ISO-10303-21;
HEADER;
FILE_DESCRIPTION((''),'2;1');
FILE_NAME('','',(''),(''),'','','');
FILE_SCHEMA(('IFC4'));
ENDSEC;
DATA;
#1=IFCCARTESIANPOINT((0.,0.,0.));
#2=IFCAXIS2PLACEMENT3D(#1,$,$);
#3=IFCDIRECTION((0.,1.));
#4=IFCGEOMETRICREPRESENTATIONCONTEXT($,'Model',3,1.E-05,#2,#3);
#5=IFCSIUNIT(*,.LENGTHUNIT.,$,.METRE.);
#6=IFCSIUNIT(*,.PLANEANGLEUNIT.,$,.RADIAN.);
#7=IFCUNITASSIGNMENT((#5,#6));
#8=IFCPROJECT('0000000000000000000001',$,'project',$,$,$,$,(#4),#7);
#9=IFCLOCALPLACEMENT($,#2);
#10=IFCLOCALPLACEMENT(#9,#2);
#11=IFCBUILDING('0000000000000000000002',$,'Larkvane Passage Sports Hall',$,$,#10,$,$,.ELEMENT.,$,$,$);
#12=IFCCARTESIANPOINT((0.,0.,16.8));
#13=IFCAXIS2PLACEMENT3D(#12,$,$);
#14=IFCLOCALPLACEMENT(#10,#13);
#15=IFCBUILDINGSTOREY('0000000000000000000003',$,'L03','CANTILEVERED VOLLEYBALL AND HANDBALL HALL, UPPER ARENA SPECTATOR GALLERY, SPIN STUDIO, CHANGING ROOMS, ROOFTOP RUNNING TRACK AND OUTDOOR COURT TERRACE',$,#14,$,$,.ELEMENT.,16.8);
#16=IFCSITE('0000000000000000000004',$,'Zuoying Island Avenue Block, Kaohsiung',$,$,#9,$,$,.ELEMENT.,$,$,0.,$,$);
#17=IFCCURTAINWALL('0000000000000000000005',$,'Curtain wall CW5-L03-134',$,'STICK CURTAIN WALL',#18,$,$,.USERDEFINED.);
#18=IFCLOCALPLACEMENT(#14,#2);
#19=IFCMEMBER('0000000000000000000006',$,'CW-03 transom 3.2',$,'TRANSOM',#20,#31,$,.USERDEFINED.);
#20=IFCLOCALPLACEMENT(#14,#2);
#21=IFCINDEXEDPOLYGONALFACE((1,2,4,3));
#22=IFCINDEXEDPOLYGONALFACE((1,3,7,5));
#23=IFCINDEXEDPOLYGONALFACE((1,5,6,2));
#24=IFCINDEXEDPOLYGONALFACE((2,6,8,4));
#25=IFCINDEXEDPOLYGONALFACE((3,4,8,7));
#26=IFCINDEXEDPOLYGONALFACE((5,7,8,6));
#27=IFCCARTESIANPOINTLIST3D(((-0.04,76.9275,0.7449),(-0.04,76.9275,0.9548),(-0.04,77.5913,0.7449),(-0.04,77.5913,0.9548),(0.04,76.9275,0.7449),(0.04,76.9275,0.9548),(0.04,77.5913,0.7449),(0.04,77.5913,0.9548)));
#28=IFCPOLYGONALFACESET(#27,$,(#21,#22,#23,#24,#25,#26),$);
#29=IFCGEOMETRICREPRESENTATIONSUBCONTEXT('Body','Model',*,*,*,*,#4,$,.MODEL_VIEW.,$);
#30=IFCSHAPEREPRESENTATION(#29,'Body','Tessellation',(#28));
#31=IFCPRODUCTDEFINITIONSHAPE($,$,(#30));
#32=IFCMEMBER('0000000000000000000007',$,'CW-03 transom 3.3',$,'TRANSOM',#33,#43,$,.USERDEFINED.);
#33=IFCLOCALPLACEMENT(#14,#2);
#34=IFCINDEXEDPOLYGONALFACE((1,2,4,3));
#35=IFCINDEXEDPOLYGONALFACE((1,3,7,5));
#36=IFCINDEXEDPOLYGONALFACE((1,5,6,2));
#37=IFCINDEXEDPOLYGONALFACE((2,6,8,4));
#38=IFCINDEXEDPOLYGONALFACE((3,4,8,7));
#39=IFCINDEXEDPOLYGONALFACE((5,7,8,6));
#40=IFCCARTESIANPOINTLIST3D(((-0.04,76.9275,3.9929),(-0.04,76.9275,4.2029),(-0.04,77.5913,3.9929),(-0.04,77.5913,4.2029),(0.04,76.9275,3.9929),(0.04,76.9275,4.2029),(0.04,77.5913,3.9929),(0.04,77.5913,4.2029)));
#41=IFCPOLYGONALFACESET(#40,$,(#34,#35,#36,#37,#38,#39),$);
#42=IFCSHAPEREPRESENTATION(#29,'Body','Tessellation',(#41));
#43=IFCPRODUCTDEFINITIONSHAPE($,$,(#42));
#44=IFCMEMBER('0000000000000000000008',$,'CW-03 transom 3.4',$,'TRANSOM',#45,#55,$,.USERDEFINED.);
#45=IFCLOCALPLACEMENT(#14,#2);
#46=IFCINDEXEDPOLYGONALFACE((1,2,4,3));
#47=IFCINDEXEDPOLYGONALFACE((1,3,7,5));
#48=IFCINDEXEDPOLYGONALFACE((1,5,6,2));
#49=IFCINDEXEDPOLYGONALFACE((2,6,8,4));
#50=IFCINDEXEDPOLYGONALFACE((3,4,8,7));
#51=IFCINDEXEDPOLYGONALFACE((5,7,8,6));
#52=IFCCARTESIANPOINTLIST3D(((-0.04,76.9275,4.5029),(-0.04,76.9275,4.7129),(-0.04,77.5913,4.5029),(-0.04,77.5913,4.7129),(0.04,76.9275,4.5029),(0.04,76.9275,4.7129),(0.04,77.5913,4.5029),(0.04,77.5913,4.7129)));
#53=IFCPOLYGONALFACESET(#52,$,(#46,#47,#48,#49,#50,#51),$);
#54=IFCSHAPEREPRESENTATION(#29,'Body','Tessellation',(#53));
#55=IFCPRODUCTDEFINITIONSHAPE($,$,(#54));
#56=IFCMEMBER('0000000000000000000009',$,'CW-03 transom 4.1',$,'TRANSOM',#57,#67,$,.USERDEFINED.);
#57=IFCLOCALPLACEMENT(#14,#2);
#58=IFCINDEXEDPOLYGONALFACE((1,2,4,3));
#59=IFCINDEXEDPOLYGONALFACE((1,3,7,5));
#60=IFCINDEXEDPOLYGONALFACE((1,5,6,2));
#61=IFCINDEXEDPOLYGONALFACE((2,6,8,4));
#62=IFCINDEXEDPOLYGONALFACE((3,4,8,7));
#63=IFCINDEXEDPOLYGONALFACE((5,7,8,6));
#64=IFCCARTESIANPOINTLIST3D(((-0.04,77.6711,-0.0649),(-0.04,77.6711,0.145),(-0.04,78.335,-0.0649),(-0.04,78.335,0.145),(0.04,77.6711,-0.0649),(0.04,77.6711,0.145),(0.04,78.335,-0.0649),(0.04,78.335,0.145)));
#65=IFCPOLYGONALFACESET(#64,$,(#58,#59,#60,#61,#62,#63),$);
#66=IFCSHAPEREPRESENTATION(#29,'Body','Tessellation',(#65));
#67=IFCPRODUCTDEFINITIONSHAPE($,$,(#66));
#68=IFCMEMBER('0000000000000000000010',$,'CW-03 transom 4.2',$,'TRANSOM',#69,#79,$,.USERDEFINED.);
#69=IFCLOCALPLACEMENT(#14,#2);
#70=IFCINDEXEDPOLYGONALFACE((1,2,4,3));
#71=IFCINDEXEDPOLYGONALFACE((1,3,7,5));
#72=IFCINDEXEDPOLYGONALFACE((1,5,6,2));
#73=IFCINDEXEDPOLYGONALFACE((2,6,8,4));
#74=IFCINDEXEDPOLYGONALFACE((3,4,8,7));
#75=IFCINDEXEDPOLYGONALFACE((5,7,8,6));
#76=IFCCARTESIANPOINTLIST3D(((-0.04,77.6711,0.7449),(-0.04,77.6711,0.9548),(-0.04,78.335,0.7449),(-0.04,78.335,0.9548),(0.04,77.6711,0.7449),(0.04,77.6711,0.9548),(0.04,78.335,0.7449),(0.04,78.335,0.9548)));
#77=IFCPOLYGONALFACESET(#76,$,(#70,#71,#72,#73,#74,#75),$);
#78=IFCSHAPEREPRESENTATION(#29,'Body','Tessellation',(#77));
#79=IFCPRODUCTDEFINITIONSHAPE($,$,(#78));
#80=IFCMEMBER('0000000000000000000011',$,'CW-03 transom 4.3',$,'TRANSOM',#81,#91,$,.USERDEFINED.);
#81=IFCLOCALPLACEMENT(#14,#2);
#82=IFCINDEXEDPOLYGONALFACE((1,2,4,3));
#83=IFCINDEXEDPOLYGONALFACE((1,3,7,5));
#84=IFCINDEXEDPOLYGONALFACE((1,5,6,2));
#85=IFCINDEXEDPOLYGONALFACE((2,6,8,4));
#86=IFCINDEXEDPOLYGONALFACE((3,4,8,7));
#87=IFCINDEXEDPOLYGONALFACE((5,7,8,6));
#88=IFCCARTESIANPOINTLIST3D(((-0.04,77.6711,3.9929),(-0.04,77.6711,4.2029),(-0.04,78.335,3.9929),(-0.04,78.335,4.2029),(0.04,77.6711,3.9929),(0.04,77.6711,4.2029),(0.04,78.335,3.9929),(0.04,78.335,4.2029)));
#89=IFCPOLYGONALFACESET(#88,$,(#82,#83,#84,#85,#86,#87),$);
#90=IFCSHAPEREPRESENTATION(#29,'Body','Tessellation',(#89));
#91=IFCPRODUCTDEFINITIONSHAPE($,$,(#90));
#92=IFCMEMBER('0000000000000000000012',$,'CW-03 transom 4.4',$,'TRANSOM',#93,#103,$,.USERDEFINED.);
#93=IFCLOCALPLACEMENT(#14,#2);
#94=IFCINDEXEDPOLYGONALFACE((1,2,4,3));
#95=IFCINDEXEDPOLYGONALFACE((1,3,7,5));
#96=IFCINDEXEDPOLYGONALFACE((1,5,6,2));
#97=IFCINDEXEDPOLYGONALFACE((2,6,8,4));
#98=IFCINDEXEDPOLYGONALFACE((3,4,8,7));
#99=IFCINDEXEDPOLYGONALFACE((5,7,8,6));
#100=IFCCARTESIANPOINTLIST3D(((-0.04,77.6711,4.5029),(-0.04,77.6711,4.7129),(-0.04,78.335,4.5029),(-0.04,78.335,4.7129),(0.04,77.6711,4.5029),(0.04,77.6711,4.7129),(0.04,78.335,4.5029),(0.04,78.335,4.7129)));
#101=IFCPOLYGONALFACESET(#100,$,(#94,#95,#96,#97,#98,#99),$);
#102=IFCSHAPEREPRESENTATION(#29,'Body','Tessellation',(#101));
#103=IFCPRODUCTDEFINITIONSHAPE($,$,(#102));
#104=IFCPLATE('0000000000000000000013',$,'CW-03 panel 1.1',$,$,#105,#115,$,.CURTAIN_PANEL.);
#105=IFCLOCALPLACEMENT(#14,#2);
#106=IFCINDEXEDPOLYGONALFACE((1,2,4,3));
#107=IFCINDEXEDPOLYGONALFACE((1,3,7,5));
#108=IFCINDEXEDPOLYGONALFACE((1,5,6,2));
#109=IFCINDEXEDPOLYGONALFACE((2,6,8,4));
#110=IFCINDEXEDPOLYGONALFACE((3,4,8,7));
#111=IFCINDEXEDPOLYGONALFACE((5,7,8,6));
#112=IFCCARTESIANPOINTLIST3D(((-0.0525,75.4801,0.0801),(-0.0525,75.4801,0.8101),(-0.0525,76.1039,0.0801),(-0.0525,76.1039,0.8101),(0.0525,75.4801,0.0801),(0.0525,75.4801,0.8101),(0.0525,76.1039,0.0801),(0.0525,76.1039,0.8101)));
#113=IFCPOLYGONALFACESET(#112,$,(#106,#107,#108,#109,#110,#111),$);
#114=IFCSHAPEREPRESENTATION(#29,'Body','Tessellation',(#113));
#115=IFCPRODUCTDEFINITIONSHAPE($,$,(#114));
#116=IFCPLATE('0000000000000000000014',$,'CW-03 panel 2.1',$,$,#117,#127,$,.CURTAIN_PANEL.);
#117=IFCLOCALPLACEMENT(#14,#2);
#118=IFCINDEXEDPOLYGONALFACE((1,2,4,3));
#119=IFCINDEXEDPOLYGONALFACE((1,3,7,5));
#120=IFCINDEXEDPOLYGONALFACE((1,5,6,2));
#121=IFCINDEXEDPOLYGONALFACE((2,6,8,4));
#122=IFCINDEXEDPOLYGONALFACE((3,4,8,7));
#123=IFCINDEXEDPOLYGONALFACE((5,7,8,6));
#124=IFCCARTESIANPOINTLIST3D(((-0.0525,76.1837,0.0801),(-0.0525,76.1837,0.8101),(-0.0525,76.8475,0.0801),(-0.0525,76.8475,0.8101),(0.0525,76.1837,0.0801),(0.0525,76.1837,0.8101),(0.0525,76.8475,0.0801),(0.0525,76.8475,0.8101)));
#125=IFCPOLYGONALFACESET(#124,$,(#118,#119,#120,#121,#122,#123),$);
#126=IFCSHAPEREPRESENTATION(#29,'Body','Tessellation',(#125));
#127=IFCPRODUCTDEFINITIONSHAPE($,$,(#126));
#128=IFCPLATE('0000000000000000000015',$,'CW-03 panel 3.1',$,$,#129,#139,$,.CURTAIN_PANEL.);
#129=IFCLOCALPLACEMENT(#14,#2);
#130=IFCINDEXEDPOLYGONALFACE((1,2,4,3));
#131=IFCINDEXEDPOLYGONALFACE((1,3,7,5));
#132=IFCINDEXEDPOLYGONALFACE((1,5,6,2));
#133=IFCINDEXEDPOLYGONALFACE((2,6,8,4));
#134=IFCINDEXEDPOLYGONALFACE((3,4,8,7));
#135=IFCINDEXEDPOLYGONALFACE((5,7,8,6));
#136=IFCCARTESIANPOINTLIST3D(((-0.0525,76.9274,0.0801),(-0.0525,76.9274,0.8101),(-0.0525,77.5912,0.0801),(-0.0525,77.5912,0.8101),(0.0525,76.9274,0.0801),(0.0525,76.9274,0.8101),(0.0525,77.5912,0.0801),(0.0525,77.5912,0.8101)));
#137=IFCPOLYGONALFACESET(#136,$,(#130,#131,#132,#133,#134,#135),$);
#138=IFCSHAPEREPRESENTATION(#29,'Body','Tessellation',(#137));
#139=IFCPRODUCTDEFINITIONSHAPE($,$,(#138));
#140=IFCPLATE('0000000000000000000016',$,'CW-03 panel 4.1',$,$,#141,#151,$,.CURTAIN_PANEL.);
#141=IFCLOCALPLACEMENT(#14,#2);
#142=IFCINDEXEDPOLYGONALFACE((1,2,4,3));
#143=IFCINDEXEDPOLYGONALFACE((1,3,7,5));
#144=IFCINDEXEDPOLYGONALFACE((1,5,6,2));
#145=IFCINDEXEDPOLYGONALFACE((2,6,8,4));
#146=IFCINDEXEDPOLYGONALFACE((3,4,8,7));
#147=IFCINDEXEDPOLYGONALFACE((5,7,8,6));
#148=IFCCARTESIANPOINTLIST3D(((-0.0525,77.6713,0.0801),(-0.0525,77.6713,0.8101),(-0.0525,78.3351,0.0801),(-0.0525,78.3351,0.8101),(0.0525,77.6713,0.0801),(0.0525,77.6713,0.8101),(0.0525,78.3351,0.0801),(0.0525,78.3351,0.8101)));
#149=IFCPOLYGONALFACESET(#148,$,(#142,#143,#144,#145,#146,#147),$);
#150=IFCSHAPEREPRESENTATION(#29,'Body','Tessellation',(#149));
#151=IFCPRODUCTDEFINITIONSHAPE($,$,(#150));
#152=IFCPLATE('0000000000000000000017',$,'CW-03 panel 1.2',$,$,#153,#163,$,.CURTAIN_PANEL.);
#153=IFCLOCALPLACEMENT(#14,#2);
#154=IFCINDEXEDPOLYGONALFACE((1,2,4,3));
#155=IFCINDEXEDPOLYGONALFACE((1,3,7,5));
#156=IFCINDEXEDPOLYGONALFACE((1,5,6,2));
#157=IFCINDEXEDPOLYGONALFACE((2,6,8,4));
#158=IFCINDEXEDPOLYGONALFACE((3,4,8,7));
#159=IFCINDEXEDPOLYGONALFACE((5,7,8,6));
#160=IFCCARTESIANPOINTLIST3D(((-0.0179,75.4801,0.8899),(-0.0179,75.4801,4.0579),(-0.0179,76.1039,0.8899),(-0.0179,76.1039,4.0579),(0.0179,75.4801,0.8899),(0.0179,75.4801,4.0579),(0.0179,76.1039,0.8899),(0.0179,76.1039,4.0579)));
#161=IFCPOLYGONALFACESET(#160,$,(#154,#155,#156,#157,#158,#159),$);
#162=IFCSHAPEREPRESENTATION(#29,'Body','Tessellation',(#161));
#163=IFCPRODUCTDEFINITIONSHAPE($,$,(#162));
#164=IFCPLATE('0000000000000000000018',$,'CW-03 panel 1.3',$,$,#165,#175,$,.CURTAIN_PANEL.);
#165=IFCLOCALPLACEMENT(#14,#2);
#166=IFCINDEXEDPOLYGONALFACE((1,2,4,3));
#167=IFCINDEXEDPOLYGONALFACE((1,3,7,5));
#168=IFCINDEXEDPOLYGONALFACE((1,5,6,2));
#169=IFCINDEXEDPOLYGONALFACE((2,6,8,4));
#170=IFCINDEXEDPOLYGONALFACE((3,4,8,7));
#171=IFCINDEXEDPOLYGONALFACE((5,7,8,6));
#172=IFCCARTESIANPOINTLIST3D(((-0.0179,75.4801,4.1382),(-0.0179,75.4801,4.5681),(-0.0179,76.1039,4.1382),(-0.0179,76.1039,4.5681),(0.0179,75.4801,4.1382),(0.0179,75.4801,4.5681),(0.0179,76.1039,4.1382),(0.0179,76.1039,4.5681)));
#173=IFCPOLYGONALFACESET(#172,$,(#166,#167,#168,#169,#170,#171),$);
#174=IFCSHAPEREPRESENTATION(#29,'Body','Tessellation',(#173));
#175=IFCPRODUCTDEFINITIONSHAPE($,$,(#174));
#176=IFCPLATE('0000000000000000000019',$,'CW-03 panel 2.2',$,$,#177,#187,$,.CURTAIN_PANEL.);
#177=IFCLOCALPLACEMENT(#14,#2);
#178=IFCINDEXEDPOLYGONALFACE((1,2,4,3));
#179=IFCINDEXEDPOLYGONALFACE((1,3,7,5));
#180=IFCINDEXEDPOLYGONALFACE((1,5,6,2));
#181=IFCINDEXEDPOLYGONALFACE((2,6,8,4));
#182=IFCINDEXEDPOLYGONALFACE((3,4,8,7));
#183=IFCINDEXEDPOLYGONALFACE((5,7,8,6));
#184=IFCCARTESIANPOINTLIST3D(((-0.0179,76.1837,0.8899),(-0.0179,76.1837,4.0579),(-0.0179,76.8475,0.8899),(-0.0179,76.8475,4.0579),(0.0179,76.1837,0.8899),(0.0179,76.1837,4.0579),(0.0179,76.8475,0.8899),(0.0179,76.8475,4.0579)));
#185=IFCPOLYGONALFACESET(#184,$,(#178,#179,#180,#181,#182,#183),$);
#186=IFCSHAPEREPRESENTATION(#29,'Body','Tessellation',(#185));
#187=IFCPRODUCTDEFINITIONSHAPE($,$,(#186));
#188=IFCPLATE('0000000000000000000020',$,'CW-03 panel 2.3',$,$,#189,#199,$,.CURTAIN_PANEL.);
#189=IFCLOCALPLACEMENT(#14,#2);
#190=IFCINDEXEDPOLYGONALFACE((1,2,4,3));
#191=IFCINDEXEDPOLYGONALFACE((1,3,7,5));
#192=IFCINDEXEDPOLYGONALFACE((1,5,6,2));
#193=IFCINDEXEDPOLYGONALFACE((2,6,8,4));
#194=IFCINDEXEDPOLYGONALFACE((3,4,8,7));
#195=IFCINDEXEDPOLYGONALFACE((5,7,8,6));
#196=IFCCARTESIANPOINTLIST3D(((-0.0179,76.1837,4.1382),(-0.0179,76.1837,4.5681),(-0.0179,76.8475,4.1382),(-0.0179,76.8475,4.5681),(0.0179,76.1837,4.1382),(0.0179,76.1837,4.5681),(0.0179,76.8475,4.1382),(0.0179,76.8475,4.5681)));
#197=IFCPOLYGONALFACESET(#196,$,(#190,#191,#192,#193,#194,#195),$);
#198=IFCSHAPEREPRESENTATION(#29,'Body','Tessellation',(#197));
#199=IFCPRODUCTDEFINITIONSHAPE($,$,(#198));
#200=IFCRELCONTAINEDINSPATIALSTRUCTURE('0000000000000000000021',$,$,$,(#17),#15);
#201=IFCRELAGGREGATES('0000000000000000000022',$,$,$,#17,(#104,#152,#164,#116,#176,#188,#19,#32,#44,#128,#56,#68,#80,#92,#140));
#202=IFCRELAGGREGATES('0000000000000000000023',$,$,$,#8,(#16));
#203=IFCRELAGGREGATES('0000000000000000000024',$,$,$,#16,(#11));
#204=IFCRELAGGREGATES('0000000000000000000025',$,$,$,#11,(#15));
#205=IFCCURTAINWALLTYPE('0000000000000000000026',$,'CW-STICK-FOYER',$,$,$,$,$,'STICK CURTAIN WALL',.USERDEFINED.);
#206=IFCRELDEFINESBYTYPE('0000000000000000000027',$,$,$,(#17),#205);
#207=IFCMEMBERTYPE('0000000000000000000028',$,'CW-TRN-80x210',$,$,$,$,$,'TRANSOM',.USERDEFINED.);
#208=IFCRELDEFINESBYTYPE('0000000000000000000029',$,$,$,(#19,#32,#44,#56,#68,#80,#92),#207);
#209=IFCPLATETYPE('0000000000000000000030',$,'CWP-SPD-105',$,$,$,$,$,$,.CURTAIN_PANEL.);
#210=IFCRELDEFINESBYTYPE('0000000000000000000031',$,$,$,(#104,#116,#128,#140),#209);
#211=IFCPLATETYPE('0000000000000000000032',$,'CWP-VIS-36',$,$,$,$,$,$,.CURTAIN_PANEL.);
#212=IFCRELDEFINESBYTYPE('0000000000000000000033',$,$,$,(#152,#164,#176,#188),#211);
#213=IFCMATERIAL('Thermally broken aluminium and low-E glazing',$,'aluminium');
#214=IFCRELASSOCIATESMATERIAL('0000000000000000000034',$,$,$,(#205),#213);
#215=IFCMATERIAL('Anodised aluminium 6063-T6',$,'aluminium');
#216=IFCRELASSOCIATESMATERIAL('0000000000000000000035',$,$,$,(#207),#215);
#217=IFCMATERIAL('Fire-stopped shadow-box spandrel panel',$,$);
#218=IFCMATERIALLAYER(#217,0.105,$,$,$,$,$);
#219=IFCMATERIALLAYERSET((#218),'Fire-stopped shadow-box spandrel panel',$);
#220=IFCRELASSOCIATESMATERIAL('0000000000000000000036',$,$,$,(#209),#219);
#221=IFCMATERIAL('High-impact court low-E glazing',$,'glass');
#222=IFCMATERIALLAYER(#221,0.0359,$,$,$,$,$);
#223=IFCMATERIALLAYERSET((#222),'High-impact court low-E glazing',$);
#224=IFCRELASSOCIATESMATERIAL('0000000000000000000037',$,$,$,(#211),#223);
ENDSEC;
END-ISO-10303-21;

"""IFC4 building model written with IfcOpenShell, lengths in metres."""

from ifc_helpers import new_model, si_unit, direction, frame, origin, origin_2d, place, context, subcontext, project, spatial, rectangle, extrude, material, layer, layer_set, material_profile, profile_set, type_object, element, aggregate, save


model = new_model("IFC4")

# Units and contexts
model_context = context("Model", 3, precision=1e-05, world=origin(), true_north=direction((0.0, 1.0)))
body_context = subcontext(model_context, "Body", "Model", "MODEL_VIEW")
ifc_project = project(units=[si_unit("LENGTHUNIT", "METRE"), si_unit("PLANEANGLEUNIT", "RADIAN")], contexts=[model_context])

# Site, building, storey
site_placement = place(None, origin())
site = spatial("IfcSite", under=ifc_project, at=site_placement, Name="Zuoying Island Avenue Block, Kaohsiung", CompositionType="ELEMENT", RefElevation=0.0)
building_placement = place(site_placement, origin())
building = spatial("IfcBuilding", under=site, at=building_placement, Name="Larkvane Passage Sports Hall", CompositionType="ELEMENT")
storey_placement = place(building_placement, frame((0.0, 0.0, 16.8)))
storey = spatial("IfcBuildingStorey", under=building, at=storey_placement, Name="L03", Description="CANTILEVERED VOLLEYBALL AND HANDBALL HALL, UPPER ARENA SPECTATOR GALLERY, SPIN STUDIO, CHANGING ROOMS, ROOFTOP RUNNING TRACK AND OUTDOOR COURT TERRACE", CompositionType="ELEMENT", Elevation=16.8)

# Shared definitions
ifc_material_1 = material(Name="Thermally broken aluminium and low-E glazing", Category="aluminium")
ifc_material_2 = material(Name="Anodised aluminium 6063-T6", Category="aluminium")

# Curtain wall, members, plates
curtain_wall_type_1 = type_object("IfcCurtainWallType", Name="CW-STICK-FOYER", ElementType="STICK CURTAIN WALL", PredefinedType="USERDEFINED", material=ifc_material_1)
curtain_wall_1_placement = place(storey_placement, origin())
curtain_wall_1 = element("IfcCurtainWall", 1, at=curtain_wall_1_placement, inside=storey, type_object=curtain_wall_type_1, Name="Curtain wall CW5-L03-134", ObjectType="STICK CURTAIN WALL", PredefinedType="USERDEFINED")
ifc_material_profile_1 = material_profile(ifc_material_2, rectangle(XDim=0.0801, YDim=0.21, at=origin_2d()), Name="ALU-TRN-80x210")
ifc_profile_set_1 = profile_set([ifc_material_profile_1], Name="Anodised aluminium 6063-T6")
member_type_1 = type_object("IfcMemberType", Name="CW-TRN-80x210", ElementType="TRANSOM", PredefinedType="USERDEFINED", material=ifc_profile_set_1)
member_1_placement = place(storey_placement, frame((0.0, 76.9275, 0.8499), z_axis=(0.0, 1.0, 0.0), x_axis=(-1.0, 0.0, 0.0)))
member_1 = element("IfcMember", 2, at=member_1_placement, type_object=member_type_1, Name="CW-03 transom 3.2", ObjectType="TRANSOM", PredefinedType="USERDEFINED", context=body_context, shape_type="SweptSolid", body=[
    extrude(rectangle(XDim=0.0801, YDim=0.21, at=origin_2d()), origin(), (0.0, 0.0, 1.0), 0.6638),
])
member_2_placement = place(storey_placement, frame((0.0, 76.9275, 4.0979), z_axis=(0.0, 1.0, 0.0), x_axis=(-1.0, 0.0, 0.0)))
member_2 = element("IfcMember", 3, at=member_2_placement, type_object=member_type_1, Name="CW-03 transom 3.3", ObjectType="TRANSOM", PredefinedType="USERDEFINED", context=body_context, shape_type="SweptSolid", body=[
    extrude(rectangle(XDim=0.0801, YDim=0.21, at=origin_2d()), origin(), (0.0, 0.0, 1.0), 0.6638),
])
member_3_placement = place(storey_placement, frame((0.0, 76.9275, 4.6079), z_axis=(0.0, 1.0, 0.0), x_axis=(-1.0, 0.0, 0.0)))
member_3 = element("IfcMember", 4, at=member_3_placement, type_object=member_type_1, Name="CW-03 transom 3.4", ObjectType="TRANSOM", PredefinedType="USERDEFINED", context=body_context, shape_type="SweptSolid", body=[
    extrude(rectangle(XDim=0.0801, YDim=0.21, at=origin_2d()), origin(), (0.0, 0.0, 1.0), 0.6638),
])
member_4_placement = place(storey_placement, frame((0.0, 77.6711, 0.04), z_axis=(0.0, 1.0, 0.0), x_axis=(-1.0, 0.0, 0.0)))
member_4 = element("IfcMember", 5, at=member_4_placement, type_object=member_type_1, Name="CW-03 transom 4.1", ObjectType="TRANSOM", PredefinedType="USERDEFINED", context=body_context, shape_type="SweptSolid", body=[
    extrude(rectangle(XDim=0.0801, YDim=0.21, at=origin_2d()), origin(), (0.0, 0.0, 1.0), 0.6638),
])
member_5_placement = place(storey_placement, frame((0.0, 77.6711, 0.8499), z_axis=(0.0, 1.0, 0.0), x_axis=(-1.0, 0.0, 0.0)))
member_5 = element("IfcMember", 6, at=member_5_placement, type_object=member_type_1, Name="CW-03 transom 4.2", ObjectType="TRANSOM", PredefinedType="USERDEFINED", context=body_context, shape_type="SweptSolid", body=[
    extrude(rectangle(XDim=0.0801, YDim=0.21, at=origin_2d()), origin(), (0.0, 0.0, 1.0), 0.6638),
])
member_6_placement = place(storey_placement, frame((0.0, 77.6711, 4.0979), z_axis=(0.0, 1.0, 0.0), x_axis=(-1.0, 0.0, 0.0)))
member_6 = element("IfcMember", 7, at=member_6_placement, type_object=member_type_1, Name="CW-03 transom 4.3", ObjectType="TRANSOM", PredefinedType="USERDEFINED", context=body_context, shape_type="SweptSolid", body=[
    extrude(rectangle(XDim=0.0801, YDim=0.21, at=origin_2d()), origin(), (0.0, 0.0, 1.0), 0.6638),
])
member_7_placement = place(storey_placement, frame((0.0, 77.6711, 4.6079), z_axis=(0.0, 1.0, 0.0), x_axis=(-1.0, 0.0, 0.0)))
member_7 = element("IfcMember", 8, at=member_7_placement, type_object=member_type_1, Name="CW-03 transom 4.4", ObjectType="TRANSOM", PredefinedType="USERDEFINED", context=body_context, shape_type="SweptSolid", body=[
    extrude(rectangle(XDim=0.0801, YDim=0.21, at=origin_2d()), origin(), (0.0, 0.0, 1.0), 0.6638),
])
ifc_material_3 = material(Name="Fire-stopped shadow-box spandrel panel")
ifc_layer_1 = layer(ifc_material_3, 0.105)
ifc_layer_set_1 = layer_set([ifc_layer_1], Name="Fire-stopped shadow-box spandrel panel")
plate_type_1 = type_object("IfcPlateType", Name="CWP-SPD-105", PredefinedType="CURTAIN_PANEL", material=ifc_layer_set_1)
plate_1_placement = place(storey_placement, frame((0.0, 75.792, 0.0801), z_axis=(0.0, 0.0, 1.0), x_axis=(0.0, 1.0, 0.0)))
plate_1 = element("IfcPlate", 9, at=plate_1_placement, type_object=plate_type_1, Name="CW-03 panel 1.1", PredefinedType="CURTAIN_PANEL", context=body_context, shape_type="SweptSolid", body=[
    extrude(rectangle(XDim=0.6238, YDim=0.105, at=origin_2d()), origin(), (0.0, 0.0, 1.0), 0.73),
])
plate_2_placement = place(storey_placement, frame((0.0, 76.5156, 0.0801), z_axis=(0.0, 0.0, 1.0), x_axis=(0.0, 1.0, 0.0)))
plate_2 = element("IfcPlate", 10, at=plate_2_placement, type_object=plate_type_1, Name="CW-03 panel 2.1", PredefinedType="CURTAIN_PANEL", context=body_context, shape_type="SweptSolid", body=[
    extrude(rectangle(XDim=0.6638, YDim=0.105, at=origin_2d()), origin(), (0.0, 0.0, 1.0), 0.73),
])
plate_3_placement = place(storey_placement, frame((0.0, 77.2593, 0.0801), z_axis=(0.0, 0.0, 1.0), x_axis=(0.0, 1.0, 0.0)))
plate_3 = element("IfcPlate", 11, at=plate_3_placement, type_object=plate_type_1, Name="CW-03 panel 3.1", PredefinedType="CURTAIN_PANEL", context=body_context, shape_type="SweptSolid", body=[
    extrude(rectangle(XDim=0.6638, YDim=0.105, at=origin_2d()), origin(), (0.0, 0.0, 1.0), 0.73),
])
plate_4_placement = place(storey_placement, frame((0.0, 78.0032, 0.0801), z_axis=(0.0, 0.0, 1.0), x_axis=(0.0, 1.0, 0.0)))
plate_4 = element("IfcPlate", 12, at=plate_4_placement, type_object=plate_type_1, Name="CW-03 panel 4.1", PredefinedType="CURTAIN_PANEL", context=body_context, shape_type="SweptSolid", body=[
    extrude(rectangle(XDim=0.6638, YDim=0.105, at=origin_2d()), origin(), (0.0, 0.0, 1.0), 0.73),
])
ifc_material_4 = material(Name="High-impact court low-E glazing", Category="glass")
ifc_layer_2 = layer(ifc_material_4, 0.0359)
ifc_layer_set_2 = layer_set([ifc_layer_2], Name="High-impact court low-E glazing")
plate_type_2 = type_object("IfcPlateType", Name="CWP-VIS-36", PredefinedType="CURTAIN_PANEL", material=ifc_layer_set_2)
plate_5_placement = place(storey_placement, frame((0.0, 75.792, 0.8899), z_axis=(0.0, 0.0, 1.0), x_axis=(0.0, 1.0, 0.0)))
plate_5 = element("IfcPlate", 13, at=plate_5_placement, type_object=plate_type_2, Name="CW-03 panel 1.2", PredefinedType="CURTAIN_PANEL", context=body_context, shape_type="SweptSolid", body=[
    extrude(rectangle(XDim=0.6238, YDim=0.0359, at=origin_2d()), origin(), (0.0, 0.0, 1.0), 3.168),
])
plate_6_placement = place(storey_placement, frame((0.0, 75.792, 4.1382), z_axis=(0.0, 0.0, 1.0), x_axis=(0.0, 1.0, 0.0)))
plate_6 = element("IfcPlate", 14, at=plate_6_placement, type_object=plate_type_2, Name="CW-03 panel 1.3", PredefinedType="CURTAIN_PANEL", context=body_context, shape_type="SweptSolid", body=[
    extrude(rectangle(XDim=0.6238, YDim=0.0359, at=origin_2d()), origin(), (0.0, 0.0, 1.0), 0.4299),
])
plate_7_placement = place(storey_placement, frame((0.0, 76.5156, 0.8899), z_axis=(0.0, 0.0, 1.0), x_axis=(0.0, 1.0, 0.0)))
plate_7 = element("IfcPlate", 15, at=plate_7_placement, type_object=plate_type_2, Name="CW-03 panel 2.2", PredefinedType="CURTAIN_PANEL", context=body_context, shape_type="SweptSolid", body=[
    extrude(rectangle(XDim=0.6638, YDim=0.0359, at=origin_2d()), origin(), (0.0, 0.0, 1.0), 3.168),
])
plate_8_placement = place(storey_placement, frame((0.0, 76.5156, 4.1382), z_axis=(0.0, 0.0, 1.0), x_axis=(0.0, 1.0, 0.0)))
plate_8 = element("IfcPlate", 16, at=plate_8_placement, type_object=plate_type_2, Name="CW-03 panel 2.3", PredefinedType="CURTAIN_PANEL", context=body_context, shape_type="SweptSolid", body=[
    extrude(rectangle(XDim=0.6638, YDim=0.0359, at=origin_2d()), origin(), (0.0, 0.0, 1.0), 0.4299),
])
aggregate(curtain_wall_1, [plate_1, plate_5, plate_6, plate_2, plate_7, plate_8, member_1, member_2, member_3, plate_3, member_4, member_5, member_6, member_7, plate_4])

save(model, "model.ifc")
